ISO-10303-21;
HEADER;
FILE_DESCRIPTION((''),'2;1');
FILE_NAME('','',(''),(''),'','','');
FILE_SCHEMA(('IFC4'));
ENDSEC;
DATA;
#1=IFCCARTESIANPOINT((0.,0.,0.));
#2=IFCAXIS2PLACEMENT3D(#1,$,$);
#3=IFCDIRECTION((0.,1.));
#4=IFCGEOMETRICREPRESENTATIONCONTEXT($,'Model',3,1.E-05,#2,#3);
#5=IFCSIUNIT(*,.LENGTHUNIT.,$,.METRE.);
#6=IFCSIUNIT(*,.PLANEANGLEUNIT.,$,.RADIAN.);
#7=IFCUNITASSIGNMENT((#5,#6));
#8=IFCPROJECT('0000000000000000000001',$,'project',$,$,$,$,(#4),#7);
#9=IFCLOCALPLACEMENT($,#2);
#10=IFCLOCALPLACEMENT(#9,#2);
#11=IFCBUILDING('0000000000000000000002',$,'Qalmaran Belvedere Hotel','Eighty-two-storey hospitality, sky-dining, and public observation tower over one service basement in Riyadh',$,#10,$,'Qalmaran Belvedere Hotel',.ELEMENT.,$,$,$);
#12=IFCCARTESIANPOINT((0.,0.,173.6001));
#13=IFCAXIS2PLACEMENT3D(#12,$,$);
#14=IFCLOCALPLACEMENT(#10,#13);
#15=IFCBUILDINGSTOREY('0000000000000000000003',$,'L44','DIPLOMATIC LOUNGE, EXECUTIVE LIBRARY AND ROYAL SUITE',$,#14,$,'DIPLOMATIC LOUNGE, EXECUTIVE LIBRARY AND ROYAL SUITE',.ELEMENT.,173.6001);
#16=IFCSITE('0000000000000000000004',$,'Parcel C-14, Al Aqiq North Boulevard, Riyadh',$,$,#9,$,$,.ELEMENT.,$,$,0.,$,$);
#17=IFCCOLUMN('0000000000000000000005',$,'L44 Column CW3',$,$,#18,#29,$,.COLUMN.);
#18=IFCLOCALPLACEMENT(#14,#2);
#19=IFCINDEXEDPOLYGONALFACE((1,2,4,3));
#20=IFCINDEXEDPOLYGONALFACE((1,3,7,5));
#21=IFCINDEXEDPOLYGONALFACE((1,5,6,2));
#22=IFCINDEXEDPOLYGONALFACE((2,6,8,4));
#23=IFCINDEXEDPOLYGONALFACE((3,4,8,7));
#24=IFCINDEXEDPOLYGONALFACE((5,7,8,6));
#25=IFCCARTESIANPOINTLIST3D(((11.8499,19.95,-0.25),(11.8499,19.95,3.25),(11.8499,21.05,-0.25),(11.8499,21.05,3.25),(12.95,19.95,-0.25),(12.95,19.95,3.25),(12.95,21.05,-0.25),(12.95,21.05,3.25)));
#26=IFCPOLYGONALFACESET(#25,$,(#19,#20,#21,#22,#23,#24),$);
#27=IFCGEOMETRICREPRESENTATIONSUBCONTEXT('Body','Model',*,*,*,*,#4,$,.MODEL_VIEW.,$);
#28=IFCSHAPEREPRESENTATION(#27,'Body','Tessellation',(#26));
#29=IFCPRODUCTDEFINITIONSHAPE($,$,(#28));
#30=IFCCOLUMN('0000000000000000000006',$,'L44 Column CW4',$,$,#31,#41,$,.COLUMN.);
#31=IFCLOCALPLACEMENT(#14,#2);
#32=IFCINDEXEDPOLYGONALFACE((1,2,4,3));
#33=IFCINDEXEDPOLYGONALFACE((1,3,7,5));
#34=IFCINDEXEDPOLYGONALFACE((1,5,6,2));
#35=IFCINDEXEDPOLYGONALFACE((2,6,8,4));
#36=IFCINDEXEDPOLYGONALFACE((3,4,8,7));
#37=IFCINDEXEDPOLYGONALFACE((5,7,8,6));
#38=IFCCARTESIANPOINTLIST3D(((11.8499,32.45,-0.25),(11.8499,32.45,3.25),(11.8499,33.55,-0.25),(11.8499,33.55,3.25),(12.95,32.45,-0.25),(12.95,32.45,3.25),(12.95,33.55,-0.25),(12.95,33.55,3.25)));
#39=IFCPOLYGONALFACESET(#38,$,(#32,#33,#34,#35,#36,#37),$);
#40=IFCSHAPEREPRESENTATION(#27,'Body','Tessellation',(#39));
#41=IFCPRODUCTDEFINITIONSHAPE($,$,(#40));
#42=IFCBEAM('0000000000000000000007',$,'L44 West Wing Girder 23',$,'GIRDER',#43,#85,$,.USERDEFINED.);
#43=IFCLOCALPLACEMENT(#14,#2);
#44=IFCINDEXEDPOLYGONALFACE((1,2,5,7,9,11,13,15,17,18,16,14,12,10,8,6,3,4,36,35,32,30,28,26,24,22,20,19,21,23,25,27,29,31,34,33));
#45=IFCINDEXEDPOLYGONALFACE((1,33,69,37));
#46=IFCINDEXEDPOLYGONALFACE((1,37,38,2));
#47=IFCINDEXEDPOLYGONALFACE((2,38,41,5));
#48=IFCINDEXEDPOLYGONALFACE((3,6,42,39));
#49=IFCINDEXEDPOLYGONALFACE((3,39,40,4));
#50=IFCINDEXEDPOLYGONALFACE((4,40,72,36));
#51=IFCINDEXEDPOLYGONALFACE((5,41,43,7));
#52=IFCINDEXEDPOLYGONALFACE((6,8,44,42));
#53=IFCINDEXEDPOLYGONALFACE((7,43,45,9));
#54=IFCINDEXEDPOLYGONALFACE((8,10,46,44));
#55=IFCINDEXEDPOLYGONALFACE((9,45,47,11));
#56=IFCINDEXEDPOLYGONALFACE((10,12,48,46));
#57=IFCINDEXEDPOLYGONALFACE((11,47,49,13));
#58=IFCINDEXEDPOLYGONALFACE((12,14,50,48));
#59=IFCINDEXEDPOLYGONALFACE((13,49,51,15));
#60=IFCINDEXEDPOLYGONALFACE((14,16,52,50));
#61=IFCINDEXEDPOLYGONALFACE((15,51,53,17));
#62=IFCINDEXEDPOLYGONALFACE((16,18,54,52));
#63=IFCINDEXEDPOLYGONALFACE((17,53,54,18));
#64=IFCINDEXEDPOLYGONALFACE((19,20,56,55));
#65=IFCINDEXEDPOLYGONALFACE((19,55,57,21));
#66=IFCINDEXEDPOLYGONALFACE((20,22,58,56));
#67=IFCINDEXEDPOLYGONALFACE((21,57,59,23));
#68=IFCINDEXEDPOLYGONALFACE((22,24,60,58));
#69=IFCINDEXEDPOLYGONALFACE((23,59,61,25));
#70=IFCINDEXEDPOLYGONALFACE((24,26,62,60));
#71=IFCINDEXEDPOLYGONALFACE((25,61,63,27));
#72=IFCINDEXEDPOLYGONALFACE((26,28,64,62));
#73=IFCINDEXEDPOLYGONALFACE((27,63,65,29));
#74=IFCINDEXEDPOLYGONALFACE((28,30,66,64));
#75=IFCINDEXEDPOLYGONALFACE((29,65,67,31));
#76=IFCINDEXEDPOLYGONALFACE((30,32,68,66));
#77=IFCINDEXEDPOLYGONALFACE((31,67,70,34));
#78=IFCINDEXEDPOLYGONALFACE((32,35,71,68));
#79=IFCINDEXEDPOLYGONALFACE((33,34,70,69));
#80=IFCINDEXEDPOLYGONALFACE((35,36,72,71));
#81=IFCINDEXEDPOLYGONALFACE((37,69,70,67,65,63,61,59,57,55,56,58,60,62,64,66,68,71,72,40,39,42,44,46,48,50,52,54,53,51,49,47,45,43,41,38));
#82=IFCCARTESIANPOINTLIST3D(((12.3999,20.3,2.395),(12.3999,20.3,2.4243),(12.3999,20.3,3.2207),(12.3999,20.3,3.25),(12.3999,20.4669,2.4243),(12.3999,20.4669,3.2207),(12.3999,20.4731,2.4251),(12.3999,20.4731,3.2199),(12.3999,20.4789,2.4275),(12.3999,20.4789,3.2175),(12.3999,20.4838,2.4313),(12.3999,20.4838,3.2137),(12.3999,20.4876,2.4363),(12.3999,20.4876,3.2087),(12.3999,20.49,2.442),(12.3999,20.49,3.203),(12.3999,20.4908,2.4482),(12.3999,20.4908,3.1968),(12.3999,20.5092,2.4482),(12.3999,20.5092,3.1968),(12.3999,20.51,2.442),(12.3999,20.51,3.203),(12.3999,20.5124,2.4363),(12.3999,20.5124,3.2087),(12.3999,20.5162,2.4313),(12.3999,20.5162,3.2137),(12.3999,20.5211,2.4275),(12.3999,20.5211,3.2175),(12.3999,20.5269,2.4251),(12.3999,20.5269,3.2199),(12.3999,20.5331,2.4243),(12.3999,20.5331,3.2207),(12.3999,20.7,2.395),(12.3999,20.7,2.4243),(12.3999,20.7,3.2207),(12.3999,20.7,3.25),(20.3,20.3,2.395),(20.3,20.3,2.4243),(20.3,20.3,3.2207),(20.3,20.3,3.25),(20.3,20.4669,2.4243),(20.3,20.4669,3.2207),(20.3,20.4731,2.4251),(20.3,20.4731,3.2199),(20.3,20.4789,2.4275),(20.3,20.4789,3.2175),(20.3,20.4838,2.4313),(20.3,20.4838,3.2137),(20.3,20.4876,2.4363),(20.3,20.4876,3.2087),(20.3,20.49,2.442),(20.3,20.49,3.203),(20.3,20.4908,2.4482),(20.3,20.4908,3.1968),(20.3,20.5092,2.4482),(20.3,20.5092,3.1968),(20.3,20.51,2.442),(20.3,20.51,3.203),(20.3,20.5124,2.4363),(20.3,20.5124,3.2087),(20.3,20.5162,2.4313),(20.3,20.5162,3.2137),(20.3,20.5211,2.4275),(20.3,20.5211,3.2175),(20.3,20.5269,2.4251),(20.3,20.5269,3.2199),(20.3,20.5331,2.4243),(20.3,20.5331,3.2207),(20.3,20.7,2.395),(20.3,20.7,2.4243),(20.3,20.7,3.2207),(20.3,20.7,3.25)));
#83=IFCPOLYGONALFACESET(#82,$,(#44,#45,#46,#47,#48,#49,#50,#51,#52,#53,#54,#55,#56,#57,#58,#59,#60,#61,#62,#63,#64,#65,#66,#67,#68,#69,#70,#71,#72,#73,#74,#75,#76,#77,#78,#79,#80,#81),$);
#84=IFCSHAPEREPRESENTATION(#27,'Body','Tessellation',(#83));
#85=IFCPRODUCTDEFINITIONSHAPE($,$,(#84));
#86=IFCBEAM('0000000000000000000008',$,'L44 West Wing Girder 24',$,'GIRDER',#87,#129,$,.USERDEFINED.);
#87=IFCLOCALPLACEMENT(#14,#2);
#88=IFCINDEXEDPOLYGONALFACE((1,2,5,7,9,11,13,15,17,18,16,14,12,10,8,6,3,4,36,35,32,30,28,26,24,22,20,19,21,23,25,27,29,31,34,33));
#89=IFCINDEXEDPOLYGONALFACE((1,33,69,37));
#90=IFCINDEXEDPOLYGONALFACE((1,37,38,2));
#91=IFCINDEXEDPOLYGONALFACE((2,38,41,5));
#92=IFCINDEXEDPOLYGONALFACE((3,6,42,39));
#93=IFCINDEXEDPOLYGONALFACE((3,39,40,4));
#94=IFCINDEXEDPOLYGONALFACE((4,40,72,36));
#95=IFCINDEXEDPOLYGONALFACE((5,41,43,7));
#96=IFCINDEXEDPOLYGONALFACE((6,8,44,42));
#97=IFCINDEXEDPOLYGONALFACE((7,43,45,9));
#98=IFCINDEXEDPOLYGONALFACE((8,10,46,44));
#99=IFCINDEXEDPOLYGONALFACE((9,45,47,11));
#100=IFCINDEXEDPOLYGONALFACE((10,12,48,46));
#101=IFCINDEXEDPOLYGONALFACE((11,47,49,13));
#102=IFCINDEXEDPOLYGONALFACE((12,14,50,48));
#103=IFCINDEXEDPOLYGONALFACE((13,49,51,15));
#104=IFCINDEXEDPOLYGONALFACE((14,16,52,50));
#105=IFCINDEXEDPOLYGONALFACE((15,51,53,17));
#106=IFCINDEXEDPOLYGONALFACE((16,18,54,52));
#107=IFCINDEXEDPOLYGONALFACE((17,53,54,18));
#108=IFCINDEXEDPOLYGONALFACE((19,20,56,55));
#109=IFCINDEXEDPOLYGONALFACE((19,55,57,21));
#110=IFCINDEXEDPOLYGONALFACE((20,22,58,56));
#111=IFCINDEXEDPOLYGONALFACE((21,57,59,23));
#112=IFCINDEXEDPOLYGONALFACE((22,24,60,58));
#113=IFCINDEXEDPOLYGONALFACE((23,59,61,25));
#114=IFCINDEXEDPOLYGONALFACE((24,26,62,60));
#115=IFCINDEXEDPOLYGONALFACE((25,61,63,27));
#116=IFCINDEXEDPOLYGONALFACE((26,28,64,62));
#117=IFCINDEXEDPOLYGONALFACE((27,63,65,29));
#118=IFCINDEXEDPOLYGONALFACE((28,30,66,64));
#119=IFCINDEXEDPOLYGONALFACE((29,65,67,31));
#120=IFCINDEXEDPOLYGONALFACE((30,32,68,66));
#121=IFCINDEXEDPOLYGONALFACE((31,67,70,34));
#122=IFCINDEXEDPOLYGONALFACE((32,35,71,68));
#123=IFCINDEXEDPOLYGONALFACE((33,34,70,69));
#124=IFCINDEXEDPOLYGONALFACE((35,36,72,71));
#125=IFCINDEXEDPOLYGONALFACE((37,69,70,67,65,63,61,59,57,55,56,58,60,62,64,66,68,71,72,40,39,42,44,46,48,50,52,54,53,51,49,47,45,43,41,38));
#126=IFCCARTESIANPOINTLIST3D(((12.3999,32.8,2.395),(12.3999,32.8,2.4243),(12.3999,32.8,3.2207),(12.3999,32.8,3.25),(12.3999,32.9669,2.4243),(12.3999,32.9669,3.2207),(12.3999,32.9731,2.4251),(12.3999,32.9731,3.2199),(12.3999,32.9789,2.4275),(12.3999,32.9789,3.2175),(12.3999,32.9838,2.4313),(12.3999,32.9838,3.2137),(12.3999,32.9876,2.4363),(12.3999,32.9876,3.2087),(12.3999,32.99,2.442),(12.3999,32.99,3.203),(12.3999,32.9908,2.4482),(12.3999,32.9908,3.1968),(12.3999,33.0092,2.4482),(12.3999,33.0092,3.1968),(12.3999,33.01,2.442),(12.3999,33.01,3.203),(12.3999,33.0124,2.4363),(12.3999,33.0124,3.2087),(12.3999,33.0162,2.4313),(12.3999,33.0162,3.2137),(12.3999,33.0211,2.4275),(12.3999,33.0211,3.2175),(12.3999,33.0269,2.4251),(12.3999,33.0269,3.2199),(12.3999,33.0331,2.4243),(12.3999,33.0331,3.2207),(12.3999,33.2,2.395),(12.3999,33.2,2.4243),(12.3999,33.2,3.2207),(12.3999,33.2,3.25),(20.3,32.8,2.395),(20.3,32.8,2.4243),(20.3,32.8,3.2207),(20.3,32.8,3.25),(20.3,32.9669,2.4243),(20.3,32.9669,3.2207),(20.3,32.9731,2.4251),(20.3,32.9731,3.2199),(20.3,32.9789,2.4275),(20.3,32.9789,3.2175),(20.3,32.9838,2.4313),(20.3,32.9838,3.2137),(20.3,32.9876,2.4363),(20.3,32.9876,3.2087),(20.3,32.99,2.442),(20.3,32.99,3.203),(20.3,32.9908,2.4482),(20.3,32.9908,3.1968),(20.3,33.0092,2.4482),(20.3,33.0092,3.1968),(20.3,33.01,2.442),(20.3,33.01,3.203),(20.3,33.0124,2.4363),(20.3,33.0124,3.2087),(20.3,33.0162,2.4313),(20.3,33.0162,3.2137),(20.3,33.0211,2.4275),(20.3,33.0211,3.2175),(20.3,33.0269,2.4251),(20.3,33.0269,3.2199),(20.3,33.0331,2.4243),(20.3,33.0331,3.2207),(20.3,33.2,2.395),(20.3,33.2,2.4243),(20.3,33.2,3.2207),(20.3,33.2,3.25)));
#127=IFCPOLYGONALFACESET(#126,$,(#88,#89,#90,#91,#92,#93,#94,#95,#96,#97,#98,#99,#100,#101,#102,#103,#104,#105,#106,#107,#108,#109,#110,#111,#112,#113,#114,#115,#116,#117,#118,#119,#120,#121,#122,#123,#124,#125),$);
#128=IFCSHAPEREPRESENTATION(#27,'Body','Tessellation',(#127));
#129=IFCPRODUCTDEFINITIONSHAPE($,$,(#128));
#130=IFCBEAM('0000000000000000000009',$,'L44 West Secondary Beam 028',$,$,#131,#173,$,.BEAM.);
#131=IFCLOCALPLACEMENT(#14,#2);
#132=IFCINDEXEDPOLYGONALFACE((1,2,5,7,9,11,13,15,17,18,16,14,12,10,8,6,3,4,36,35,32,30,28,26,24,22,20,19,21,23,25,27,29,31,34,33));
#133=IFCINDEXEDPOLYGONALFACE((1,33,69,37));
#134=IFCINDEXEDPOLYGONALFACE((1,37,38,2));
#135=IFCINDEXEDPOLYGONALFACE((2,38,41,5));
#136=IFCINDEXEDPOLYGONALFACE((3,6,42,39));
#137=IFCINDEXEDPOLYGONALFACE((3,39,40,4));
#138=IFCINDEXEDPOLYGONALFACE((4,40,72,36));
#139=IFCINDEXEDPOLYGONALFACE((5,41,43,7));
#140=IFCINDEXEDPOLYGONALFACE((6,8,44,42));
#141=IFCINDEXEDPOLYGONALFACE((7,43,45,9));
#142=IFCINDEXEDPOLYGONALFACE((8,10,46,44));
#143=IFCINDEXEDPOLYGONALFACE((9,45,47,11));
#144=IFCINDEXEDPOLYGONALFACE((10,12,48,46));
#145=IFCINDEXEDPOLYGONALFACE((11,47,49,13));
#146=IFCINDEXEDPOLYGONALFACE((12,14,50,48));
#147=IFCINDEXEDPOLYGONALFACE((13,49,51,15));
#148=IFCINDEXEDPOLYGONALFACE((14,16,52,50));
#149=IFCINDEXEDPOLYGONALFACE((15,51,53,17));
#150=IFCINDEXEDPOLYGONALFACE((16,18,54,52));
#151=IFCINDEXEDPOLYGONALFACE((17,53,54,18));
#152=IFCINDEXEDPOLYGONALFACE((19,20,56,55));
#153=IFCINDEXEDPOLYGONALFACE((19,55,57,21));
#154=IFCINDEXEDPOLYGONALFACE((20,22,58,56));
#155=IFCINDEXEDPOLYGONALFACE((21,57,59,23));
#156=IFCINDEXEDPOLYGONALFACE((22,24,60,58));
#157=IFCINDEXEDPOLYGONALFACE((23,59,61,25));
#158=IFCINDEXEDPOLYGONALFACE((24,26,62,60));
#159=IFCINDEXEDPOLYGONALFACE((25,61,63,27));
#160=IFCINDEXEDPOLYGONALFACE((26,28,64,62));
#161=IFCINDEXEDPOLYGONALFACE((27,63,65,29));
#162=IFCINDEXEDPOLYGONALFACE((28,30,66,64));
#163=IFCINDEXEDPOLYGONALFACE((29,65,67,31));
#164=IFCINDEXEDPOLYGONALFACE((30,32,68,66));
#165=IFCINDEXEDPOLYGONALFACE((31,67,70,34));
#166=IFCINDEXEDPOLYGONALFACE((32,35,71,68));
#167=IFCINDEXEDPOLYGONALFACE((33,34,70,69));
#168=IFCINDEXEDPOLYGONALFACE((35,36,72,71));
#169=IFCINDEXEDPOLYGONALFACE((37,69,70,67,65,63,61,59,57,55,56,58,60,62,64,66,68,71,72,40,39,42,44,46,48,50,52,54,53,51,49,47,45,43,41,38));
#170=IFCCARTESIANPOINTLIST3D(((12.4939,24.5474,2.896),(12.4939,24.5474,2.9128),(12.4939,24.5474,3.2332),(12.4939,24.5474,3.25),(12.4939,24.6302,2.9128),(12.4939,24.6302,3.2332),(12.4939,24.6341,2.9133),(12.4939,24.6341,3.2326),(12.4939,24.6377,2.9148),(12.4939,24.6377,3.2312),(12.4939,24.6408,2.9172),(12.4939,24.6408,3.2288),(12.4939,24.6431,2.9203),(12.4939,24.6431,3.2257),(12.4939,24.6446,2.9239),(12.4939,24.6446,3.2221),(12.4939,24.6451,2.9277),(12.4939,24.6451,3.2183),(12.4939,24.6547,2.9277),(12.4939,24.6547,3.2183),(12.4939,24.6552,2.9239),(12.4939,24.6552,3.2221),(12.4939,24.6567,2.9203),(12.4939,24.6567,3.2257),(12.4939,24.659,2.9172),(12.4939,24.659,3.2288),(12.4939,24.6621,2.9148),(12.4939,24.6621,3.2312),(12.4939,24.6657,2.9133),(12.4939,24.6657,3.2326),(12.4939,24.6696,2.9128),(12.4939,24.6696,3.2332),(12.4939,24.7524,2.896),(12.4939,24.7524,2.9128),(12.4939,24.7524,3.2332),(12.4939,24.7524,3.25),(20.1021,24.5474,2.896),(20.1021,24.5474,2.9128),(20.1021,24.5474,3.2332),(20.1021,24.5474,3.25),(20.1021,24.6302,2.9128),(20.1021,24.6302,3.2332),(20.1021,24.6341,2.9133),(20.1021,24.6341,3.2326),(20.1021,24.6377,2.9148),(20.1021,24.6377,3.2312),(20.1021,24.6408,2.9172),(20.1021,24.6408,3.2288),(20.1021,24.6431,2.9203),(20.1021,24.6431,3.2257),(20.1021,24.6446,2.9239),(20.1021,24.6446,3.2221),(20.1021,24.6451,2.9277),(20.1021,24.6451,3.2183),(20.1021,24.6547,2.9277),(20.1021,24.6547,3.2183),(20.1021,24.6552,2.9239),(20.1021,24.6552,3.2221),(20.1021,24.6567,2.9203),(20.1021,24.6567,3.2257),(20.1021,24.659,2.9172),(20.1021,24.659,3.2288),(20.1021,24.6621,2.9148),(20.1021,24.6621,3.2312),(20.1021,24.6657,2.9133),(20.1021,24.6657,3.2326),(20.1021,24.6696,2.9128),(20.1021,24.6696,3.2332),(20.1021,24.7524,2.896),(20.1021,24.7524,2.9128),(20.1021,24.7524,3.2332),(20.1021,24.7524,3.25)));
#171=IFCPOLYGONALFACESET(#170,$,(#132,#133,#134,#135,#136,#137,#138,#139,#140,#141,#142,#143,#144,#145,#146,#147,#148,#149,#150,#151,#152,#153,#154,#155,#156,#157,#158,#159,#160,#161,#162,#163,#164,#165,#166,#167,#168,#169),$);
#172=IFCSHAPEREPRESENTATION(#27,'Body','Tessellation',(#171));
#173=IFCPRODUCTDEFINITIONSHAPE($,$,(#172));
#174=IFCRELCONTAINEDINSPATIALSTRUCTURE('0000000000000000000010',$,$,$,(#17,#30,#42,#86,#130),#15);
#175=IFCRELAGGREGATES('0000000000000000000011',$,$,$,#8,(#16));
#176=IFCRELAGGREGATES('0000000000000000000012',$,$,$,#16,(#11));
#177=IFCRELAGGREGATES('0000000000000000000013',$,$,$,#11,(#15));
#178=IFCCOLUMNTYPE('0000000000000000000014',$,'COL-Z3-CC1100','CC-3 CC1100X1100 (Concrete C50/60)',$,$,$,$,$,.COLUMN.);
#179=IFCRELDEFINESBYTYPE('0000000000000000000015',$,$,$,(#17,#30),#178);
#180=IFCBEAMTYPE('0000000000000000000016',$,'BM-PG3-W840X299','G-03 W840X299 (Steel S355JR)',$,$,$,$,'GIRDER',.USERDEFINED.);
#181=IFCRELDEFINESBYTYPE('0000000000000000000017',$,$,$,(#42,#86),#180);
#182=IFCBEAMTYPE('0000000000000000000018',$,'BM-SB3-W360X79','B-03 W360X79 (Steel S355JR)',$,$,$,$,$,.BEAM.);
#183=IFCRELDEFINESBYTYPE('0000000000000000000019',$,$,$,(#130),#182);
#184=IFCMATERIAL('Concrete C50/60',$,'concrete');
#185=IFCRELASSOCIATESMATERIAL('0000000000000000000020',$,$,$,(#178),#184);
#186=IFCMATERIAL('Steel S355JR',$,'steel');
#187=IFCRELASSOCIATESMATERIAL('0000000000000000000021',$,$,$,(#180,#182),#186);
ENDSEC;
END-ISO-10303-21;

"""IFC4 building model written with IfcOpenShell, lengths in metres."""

from ifc_helpers import new_model, si_unit, direction, frame, origin, origin_2d, place, context, subcontext, project, spatial, rectangle, i_section, extrude, material, material_profile, profile_set, type_object, element, save


model = new_model("IFC4")

# Units and contexts
model_context = context("Model", 3, precision=1e-05, world=origin(), true_north=direction((0.0, 1.0)))
body_context = subcontext(model_context, "Body", "Model", "MODEL_VIEW")
ifc_project = project(units=[si_unit("LENGTHUNIT", "METRE"), si_unit("PLANEANGLEUNIT", "RADIAN")], contexts=[model_context])

# Site, building, storey
site_placement = place(None, origin())
site = spatial("IfcSite", under=ifc_project, at=site_placement, Name="Parcel C-14, Al Aqiq North Boulevard, Riyadh", CompositionType="ELEMENT", RefElevation=0.0)
building_placement = place(site_placement, origin())
building = spatial("IfcBuilding", under=site, at=building_placement, Name="Qalmaran Belvedere Hotel", Description="Eighty-two-storey hospitality, sky-dining, and public observation tower over one service basement in Riyadh", LongName="Qalmaran Belvedere Hotel", CompositionType="ELEMENT")
storey_placement = place(building_placement, frame((0.0, 0.0, 173.6001)))
storey = spatial("IfcBuildingStorey", under=building, at=storey_placement, Name="L44", Description="DIPLOMATIC LOUNGE, EXECUTIVE LIBRARY AND ROYAL SUITE", LongName="DIPLOMATIC LOUNGE, EXECUTIVE LIBRARY AND ROYAL SUITE", CompositionType="ELEMENT", Elevation=173.6001)

# Columns
ifc_material_1 = material(Name="Concrete C50/60", Category="concrete")
ifc_material_profile_1 = material_profile(ifc_material_1, rectangle(XDim=1.1001, YDim=1.1001, at=origin_2d()), Name="CC1100X1100")
ifc_profile_set_1 = profile_set([ifc_material_profile_1], Name="Concrete C50/60")
column_type = type_object("IfcColumnType", Name="COL-Z3-CC1100", Description="CC-3 CC1100X1100 (Concrete C50/60)", PredefinedType="COLUMN", material=ifc_profile_set_1)
for number, where, z_axis, x_axis, name in (
    (1, (12.3999, 20.5, -0.25), (0.0, 0.0, 1.0), (1.0, 0.0, 0.0), "L44 Column CW3"),
    (2, (12.3999, 33.0, -0.25), (0.0, 0.0, 1.0), (1.0, 0.0, 0.0), "L44 Column CW4"),
):
    element("IfcColumn", number, at=place(storey_placement, frame(where, z_axis=z_axis, x_axis=x_axis)), inside=storey, type_object=column_type, Name=name, PredefinedType="COLUMN", context=body_context, shape_type="SweptSolid", body=[
        extrude(rectangle(XDim=1.1001, YDim=1.1001, at=origin_2d()), origin(), (0.0, 0.0, 1.0), 3.5),
    ])

# Beams
ifc_material_2 = material(Name="Steel S355JR", Category="steel")
ifc_material_profile_2 = material_profile(ifc_material_2, i_section(OverallWidth=0.3999, OverallDepth=0.855, WebThickness=0.0183, FlangeThickness=0.0293, FilletRadius=0.0239, at=origin_2d()), Name="W840X299")
ifc_profile_set_2 = profile_set([ifc_material_profile_2], Name="Steel S355JR")
beam_type_1 = type_object("IfcBeamType", Name="BM-PG3-W840X299", Description="G-03 W840X299 (Steel S355JR)", ElementType="GIRDER", PredefinedType="USERDEFINED", material=ifc_profile_set_2)
for number, where, z_axis, x_axis, name in (
    (3, (12.3999, 20.5, 2.8225), (1.0, 0.0, 0.0), (0.0, 1.0, 0.0), "L44 West Wing Girder 23"),
    (4, (12.3999, 33.0, 2.8225), (1.0, 0.0, 0.0), (0.0, 1.0, 0.0), "L44 West Wing Girder 24"),
):
    element("IfcBeam", number, at=place(storey_placement, frame(where, z_axis=z_axis, x_axis=x_axis)), inside=storey, type_object=beam_type_1, Name=name, ObjectType="GIRDER", PredefinedType="USERDEFINED", context=body_context, shape_type="SweptSolid", body=[
        extrude(i_section(OverallWidth=0.3999, OverallDepth=0.855, WebThickness=0.0183, FlangeThickness=0.0293, FilletRadius=0.0239, at=origin_2d()), origin(), (0.0, 0.0, 1.0), 7.9001),
    ])
ifc_material_profile_3 = material_profile(ifc_material_2, i_section(OverallWidth=0.2051, OverallDepth=0.354, WebThickness=0.0095, FlangeThickness=0.0168, FilletRadius=0.0149, at=origin_2d()), Name="W360X79")
ifc_profile_set_3 = profile_set([ifc_material_profile_3], Name="Steel S355JR")
beam_type_2 = type_object("IfcBeamType", Name="BM-SB3-W360X79", Description="B-03 W360X79 (Steel S355JR)", PredefinedType="BEAM", material=ifc_profile_set_3)
for number, where, z_axis, x_axis, name in (
    (5, (12.4939, 24.6499, 3.073), (1.0, 0.0, 0.0), (0.0, 1.0, 0.0), "L44 West Secondary Beam 028"),
):
    element("IfcBeam", number, at=place(storey_placement, frame(where, z_axis=z_axis, x_axis=x_axis)), inside=storey, type_object=beam_type_2, Name=name, PredefinedType="BEAM", context=body_context, shape_type="SweptSolid", body=[
        extrude(i_section(OverallWidth=0.2051, OverallDepth=0.354, WebThickness=0.0095, FlangeThickness=0.0168, FilletRadius=0.0149, at=origin_2d()), origin(), (0.0, 0.0, 1.0), 7.6082),
    ])

save(model, "model.ifc")
